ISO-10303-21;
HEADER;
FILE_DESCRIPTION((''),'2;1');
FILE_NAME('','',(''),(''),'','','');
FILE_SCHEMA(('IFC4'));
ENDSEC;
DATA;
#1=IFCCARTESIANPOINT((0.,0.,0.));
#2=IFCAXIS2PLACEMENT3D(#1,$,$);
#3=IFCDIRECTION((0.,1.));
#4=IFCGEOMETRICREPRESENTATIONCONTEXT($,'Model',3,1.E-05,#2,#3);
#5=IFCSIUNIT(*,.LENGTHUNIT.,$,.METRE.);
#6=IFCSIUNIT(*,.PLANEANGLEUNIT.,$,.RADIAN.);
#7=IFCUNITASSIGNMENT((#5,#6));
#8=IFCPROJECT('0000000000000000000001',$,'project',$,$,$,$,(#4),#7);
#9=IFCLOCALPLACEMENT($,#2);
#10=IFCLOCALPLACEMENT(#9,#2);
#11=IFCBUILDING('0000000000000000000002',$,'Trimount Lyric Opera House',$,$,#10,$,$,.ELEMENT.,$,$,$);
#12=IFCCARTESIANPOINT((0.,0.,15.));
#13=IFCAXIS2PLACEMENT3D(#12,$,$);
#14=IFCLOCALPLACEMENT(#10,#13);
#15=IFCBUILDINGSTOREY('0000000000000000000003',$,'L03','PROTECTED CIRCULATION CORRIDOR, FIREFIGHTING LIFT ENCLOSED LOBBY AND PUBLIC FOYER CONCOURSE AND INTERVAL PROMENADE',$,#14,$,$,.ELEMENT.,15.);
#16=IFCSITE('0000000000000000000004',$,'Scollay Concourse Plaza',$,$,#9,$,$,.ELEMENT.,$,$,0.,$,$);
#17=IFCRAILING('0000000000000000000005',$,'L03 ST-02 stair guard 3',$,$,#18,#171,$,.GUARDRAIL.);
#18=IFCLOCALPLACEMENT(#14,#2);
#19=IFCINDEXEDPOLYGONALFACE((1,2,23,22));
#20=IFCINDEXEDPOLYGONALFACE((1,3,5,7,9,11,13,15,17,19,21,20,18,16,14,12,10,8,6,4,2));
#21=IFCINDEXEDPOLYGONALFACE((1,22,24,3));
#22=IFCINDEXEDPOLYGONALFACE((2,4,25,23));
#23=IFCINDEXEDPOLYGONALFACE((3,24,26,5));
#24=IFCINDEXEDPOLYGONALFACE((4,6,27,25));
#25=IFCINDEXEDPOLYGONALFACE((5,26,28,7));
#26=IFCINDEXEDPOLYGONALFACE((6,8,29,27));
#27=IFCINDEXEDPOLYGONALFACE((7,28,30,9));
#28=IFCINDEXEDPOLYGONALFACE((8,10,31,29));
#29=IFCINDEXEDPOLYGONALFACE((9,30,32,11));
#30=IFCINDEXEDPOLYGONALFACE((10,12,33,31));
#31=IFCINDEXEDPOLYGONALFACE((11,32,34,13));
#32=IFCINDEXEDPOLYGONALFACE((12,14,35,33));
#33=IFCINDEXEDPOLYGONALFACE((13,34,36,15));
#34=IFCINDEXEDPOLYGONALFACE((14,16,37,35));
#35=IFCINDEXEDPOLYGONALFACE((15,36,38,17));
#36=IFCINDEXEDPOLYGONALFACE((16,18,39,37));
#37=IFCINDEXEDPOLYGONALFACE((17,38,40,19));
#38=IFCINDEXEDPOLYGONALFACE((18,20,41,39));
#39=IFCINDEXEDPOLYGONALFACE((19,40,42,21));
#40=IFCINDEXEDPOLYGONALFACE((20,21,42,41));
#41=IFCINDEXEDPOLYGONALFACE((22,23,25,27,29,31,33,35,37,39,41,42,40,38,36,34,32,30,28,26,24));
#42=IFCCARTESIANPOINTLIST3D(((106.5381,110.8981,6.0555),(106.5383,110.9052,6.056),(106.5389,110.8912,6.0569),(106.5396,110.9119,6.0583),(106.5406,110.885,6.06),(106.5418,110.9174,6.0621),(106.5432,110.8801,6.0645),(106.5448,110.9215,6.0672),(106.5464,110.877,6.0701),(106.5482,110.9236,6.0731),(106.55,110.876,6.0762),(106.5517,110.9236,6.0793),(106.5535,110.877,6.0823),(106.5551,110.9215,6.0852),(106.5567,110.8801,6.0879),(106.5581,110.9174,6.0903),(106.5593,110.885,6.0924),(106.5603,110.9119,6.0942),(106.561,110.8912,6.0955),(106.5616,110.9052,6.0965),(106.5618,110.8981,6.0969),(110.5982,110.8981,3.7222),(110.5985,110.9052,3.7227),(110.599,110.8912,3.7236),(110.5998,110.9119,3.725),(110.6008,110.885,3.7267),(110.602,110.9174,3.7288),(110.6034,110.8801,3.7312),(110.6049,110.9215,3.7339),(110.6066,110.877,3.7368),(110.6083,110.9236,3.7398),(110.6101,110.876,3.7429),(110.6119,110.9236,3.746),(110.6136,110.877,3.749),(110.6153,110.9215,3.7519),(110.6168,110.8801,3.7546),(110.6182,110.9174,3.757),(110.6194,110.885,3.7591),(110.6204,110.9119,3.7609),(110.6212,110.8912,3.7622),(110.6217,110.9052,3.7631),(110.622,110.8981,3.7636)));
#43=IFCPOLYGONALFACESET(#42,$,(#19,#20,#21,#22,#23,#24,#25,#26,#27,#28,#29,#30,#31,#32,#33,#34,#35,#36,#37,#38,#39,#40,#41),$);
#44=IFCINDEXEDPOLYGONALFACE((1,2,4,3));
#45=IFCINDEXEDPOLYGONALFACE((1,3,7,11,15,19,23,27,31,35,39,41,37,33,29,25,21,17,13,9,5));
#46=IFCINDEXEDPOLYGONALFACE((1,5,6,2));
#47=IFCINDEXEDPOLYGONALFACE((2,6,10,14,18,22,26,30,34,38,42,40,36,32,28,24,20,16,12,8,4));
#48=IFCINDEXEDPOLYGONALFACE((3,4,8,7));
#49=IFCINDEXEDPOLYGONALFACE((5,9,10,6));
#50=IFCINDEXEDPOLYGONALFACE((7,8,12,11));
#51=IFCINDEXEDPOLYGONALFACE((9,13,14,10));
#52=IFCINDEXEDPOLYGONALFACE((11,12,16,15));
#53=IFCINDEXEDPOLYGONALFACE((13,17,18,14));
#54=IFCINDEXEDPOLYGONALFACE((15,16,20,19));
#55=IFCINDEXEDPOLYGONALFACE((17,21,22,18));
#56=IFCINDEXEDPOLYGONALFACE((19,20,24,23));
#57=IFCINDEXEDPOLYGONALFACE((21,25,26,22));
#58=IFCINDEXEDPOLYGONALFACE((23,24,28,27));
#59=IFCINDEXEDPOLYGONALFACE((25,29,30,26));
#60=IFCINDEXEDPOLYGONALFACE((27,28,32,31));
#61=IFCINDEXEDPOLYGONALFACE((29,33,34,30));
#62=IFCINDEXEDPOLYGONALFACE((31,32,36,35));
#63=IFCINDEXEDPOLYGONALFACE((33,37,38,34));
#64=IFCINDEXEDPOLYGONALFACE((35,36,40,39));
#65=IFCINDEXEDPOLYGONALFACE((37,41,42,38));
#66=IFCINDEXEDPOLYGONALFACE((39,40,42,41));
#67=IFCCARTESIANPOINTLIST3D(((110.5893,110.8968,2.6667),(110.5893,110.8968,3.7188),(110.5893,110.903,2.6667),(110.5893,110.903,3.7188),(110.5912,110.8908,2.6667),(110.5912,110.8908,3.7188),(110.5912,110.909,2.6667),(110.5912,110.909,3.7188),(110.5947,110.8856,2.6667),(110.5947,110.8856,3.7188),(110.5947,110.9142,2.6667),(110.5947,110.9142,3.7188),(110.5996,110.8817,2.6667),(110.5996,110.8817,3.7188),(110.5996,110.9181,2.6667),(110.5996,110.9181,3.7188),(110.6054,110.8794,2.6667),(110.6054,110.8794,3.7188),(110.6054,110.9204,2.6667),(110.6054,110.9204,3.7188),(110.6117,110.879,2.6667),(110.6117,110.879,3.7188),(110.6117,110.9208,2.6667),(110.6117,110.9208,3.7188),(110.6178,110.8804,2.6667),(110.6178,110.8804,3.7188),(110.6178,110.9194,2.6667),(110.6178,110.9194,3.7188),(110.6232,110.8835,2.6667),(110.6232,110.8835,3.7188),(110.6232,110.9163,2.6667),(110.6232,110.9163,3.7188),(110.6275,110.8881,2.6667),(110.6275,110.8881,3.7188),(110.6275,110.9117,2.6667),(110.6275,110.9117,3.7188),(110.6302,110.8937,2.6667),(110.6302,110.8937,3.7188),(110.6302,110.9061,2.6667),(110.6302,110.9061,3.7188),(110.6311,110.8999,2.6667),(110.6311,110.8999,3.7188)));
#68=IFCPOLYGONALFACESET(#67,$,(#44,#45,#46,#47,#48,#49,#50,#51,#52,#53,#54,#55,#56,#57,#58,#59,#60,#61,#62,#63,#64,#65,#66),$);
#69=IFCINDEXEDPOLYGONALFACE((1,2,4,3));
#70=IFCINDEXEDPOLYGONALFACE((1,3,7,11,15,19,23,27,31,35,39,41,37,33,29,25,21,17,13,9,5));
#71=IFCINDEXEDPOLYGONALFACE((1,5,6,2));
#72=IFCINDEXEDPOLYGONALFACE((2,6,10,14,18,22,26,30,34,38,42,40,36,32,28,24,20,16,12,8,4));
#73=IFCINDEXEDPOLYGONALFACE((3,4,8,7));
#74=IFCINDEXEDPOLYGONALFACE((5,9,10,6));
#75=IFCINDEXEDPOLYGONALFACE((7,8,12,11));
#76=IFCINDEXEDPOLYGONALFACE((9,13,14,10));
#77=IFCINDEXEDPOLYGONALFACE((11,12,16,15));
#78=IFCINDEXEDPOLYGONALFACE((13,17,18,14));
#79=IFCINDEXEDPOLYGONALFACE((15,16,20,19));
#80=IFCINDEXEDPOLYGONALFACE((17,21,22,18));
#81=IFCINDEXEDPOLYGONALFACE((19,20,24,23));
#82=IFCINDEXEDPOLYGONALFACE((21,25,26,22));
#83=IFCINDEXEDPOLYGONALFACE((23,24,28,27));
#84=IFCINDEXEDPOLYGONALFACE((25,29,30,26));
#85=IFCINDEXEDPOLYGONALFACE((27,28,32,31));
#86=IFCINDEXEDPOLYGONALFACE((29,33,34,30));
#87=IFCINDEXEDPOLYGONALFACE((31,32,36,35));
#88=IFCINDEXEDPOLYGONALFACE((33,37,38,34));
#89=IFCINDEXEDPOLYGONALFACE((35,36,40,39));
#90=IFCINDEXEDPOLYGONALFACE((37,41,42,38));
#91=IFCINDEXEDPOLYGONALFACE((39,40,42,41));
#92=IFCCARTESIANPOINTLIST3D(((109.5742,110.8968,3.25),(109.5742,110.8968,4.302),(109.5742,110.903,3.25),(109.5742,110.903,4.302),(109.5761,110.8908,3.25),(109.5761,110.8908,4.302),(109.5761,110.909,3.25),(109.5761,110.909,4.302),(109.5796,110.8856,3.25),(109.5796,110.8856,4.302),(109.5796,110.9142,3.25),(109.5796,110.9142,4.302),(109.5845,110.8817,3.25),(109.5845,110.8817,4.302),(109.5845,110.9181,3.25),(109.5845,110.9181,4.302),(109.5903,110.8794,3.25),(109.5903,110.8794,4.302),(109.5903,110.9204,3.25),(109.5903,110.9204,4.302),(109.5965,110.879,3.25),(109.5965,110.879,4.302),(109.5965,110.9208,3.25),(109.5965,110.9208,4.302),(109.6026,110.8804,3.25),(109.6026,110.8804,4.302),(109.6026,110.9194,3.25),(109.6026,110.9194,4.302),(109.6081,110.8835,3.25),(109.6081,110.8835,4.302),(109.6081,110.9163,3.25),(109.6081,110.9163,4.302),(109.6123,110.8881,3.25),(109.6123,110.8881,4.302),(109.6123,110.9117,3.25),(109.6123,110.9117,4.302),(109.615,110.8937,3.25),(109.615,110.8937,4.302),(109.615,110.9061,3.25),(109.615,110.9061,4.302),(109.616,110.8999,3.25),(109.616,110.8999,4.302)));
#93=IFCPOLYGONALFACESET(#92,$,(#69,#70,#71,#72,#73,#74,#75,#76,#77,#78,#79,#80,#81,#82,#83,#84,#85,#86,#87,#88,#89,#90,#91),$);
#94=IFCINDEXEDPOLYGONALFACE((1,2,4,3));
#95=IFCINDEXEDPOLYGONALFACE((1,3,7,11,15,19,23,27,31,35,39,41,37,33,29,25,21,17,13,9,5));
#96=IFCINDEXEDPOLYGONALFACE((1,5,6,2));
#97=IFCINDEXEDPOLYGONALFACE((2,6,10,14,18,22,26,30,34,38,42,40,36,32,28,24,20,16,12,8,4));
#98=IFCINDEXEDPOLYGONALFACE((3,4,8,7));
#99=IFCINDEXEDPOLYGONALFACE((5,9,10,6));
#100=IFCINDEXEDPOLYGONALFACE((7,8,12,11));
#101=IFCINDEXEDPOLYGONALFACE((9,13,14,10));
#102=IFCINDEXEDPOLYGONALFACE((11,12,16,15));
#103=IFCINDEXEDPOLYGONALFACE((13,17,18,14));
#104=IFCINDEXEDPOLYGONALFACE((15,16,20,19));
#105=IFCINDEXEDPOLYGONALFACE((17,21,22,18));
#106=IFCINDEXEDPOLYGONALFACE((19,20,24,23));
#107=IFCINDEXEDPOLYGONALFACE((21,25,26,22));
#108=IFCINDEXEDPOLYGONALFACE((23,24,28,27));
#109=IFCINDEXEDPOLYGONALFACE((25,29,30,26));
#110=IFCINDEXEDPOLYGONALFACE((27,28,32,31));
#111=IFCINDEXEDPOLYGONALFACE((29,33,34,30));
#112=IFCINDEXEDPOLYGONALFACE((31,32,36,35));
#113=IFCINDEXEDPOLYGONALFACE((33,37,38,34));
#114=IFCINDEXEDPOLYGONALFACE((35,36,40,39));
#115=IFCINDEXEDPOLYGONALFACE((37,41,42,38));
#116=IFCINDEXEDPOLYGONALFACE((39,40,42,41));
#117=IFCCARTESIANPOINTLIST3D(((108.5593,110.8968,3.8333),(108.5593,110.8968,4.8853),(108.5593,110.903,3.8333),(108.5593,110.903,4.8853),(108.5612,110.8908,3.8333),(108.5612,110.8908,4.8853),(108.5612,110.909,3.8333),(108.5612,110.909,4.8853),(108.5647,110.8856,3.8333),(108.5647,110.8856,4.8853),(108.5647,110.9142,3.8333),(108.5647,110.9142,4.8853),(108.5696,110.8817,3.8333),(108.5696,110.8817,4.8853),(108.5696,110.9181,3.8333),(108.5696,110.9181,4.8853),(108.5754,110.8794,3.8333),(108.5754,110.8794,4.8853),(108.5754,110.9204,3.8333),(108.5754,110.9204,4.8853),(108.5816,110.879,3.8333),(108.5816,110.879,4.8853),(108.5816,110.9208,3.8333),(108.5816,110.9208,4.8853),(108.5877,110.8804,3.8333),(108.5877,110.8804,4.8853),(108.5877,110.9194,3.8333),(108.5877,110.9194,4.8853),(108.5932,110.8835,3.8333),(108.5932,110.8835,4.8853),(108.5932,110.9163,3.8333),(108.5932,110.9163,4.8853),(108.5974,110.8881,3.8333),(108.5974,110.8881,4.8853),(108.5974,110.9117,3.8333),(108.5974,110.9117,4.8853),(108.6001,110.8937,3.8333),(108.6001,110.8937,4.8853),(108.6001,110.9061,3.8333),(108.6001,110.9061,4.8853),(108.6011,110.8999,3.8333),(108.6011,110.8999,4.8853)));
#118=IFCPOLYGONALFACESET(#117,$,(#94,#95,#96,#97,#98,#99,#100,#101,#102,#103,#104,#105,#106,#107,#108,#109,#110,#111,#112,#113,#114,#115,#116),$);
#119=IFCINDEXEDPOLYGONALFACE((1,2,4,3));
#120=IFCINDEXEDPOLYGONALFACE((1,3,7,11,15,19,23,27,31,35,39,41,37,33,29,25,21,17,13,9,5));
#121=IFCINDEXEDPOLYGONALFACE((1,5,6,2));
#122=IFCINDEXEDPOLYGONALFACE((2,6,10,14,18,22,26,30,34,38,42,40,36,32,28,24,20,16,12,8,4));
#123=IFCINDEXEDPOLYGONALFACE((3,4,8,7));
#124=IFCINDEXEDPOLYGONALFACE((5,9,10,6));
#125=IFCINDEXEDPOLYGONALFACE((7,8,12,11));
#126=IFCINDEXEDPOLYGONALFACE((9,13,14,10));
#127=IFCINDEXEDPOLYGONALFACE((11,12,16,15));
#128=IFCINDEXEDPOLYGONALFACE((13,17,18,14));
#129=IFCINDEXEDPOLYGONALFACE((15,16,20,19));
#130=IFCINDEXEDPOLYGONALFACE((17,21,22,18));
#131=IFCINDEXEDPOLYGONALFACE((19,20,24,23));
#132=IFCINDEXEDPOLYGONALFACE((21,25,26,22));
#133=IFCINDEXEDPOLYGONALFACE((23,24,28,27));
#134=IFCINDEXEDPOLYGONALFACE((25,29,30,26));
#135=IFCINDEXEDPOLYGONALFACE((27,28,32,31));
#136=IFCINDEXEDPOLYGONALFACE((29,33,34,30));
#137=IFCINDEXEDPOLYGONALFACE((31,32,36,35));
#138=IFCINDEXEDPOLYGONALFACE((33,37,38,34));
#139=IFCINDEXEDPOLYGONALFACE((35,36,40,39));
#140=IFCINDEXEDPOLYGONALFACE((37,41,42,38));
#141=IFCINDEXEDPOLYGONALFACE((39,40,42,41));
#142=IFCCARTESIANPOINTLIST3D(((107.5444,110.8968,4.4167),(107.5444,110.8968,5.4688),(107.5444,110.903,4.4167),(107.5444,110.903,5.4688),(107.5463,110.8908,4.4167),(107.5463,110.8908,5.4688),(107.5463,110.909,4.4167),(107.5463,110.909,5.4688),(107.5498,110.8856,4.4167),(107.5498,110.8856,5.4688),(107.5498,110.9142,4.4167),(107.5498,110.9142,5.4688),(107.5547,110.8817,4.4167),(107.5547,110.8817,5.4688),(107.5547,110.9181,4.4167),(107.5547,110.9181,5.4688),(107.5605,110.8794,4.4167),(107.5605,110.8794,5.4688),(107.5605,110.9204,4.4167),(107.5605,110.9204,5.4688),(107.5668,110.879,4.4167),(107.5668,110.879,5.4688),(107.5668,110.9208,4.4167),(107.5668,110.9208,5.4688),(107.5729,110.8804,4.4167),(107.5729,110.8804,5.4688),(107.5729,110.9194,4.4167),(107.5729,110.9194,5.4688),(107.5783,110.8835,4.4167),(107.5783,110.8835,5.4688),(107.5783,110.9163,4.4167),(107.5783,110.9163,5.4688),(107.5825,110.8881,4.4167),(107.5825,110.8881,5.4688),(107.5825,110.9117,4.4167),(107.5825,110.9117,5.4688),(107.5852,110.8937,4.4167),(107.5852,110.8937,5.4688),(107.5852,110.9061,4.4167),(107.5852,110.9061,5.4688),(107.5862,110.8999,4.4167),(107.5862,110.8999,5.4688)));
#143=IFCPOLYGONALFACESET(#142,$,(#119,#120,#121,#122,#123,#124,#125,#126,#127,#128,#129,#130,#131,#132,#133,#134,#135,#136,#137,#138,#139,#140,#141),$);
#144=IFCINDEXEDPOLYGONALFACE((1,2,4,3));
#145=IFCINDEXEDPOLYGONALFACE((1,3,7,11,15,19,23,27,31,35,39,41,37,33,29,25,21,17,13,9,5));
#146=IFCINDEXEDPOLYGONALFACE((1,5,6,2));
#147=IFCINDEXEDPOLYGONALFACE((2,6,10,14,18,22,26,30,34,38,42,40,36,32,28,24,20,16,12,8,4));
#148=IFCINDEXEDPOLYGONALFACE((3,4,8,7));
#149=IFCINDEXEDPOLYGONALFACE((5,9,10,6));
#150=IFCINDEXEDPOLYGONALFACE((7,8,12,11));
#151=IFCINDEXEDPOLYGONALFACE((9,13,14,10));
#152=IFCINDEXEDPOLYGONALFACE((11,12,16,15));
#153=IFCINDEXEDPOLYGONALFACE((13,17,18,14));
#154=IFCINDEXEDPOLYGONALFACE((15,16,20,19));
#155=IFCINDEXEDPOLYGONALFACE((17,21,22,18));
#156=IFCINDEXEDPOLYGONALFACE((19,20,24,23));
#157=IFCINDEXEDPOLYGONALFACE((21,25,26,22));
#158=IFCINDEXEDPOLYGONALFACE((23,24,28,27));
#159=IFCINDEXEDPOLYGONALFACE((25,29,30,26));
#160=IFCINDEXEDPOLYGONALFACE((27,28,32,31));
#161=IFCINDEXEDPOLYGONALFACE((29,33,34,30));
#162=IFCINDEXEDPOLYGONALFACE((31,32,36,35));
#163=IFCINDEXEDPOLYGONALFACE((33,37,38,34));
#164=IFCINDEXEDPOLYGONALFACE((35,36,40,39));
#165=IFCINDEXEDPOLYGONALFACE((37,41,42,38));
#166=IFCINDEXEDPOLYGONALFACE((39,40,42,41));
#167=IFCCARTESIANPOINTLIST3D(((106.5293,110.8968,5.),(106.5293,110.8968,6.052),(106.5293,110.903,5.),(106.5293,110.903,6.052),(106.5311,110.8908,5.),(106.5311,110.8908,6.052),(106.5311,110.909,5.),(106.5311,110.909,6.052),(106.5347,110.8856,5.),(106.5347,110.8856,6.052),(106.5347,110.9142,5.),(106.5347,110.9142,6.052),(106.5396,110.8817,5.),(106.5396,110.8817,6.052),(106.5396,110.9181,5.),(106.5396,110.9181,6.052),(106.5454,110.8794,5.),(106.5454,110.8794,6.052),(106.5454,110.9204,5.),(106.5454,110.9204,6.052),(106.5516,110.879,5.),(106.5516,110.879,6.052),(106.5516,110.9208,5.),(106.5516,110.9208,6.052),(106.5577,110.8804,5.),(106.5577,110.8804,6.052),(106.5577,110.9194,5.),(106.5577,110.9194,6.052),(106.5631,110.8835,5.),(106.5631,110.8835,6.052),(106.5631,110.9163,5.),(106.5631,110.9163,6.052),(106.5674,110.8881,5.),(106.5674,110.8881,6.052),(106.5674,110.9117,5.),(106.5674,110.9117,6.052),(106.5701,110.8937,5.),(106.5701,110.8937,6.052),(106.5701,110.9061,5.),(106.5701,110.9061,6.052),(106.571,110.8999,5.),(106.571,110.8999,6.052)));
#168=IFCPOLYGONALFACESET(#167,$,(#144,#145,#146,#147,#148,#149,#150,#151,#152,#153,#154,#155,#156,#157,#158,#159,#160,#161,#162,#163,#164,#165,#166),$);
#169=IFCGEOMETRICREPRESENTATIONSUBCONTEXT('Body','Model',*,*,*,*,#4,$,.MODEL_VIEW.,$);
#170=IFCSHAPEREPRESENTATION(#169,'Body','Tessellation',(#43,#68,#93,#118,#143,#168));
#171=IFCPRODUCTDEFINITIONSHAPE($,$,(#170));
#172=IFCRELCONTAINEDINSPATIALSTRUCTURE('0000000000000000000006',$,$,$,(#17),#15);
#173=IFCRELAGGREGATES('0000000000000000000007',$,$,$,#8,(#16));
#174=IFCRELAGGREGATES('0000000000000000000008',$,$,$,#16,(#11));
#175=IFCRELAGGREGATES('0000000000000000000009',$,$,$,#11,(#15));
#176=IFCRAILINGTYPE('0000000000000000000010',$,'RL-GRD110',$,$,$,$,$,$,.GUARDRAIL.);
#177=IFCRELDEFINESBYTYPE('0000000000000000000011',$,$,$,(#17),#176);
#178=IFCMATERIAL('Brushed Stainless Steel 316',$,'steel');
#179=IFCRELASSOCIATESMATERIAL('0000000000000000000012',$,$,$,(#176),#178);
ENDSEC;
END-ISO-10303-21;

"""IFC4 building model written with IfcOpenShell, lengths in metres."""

from ifc_helpers import new_model, si_unit, direction, frame, origin, origin_2d, place, context, subcontext, project, spatial, circle, extrude, material, type_object, element, save


model = new_model("IFC4")

# Units and contexts
model_context = context("Model", 3, precision=1e-05, world=origin(), true_north=direction((0.0, 1.0)))
body_context = subcontext(model_context, "Body", "Model", "MODEL_VIEW")
ifc_project = project(units=[si_unit("LENGTHUNIT", "METRE"), si_unit("PLANEANGLEUNIT", "RADIAN")], contexts=[model_context])

# Site, building, storey
site_placement = place(None, origin())
site = spatial("IfcSite", under=ifc_project, at=site_placement, Name="Scollay Concourse Plaza", CompositionType="ELEMENT", RefElevation=0.0)
building_placement = place(site_placement, origin())
building = spatial("IfcBuilding", under=site, at=building_placement, Name="Trimount Lyric Opera House", CompositionType="ELEMENT")
storey_placement = place(building_placement, frame((0.0, 0.0, 15.0)))
storey = spatial("IfcBuildingStorey", under=building, at=storey_placement, Name="L03", Description="PROTECTED CIRCULATION CORRIDOR, FIREFIGHTING LIFT ENCLOSED LOBBY AND PUBLIC FOYER CONCOURSE AND INTERVAL PROMENADE", CompositionType="ELEMENT", Elevation=15.0)

# Railing
ifc_material_1 = material(Name="Brushed Stainless Steel 316", Category="steel")
railing_type_1 = type_object("IfcRailingType", Name="RL-GRD110", PredefinedType="GUARDRAIL", material=ifc_material_1)
railing_1_placement = place(storey_placement, frame((110.6101, 110.8999, 2.6667)))
element("IfcRailing", 1, at=railing_1_placement, inside=storey, type_object=railing_type_1, Name="L03 ST-02 stair guard 3", PredefinedType="GUARDRAIL", context=body_context, shape_type="SweptSolid", body=[
    extrude(circle(Radius=0.0239, at=origin_2d()), frame((0.0, 0.0, 1.0762), z_axis=(-0.867025, 0.0, 0.498265), x_axis=(0.0, -1.0, 0.0)), (0.0, 0.0, 1.0), 4.6829),
    extrude(circle(Radius=0.021, at=origin_2d()), origin(), (0.0, 0.0, 1.0), 1.052),
    extrude(circle(Radius=0.021, at=origin_2d()), frame((-1.0151, 0.0, 0.5833)), (0.0, 0.0, 1.0), 1.052),
    extrude(circle(Radius=0.021, at=origin_2d()), frame((-2.03, 0.0, 1.1665)), (0.0, 0.0, 1.0), 1.052),
    extrude(circle(Radius=0.021, at=origin_2d()), frame((-3.0449, 0.0, 1.75)), (0.0, 0.0, 1.0), 1.052),
    extrude(circle(Radius=0.021, at=origin_2d()), frame((-4.0601, 0.0, 2.3333)), (0.0, 0.0, 1.0), 1.052),
])

save(model, "model.ifc")
